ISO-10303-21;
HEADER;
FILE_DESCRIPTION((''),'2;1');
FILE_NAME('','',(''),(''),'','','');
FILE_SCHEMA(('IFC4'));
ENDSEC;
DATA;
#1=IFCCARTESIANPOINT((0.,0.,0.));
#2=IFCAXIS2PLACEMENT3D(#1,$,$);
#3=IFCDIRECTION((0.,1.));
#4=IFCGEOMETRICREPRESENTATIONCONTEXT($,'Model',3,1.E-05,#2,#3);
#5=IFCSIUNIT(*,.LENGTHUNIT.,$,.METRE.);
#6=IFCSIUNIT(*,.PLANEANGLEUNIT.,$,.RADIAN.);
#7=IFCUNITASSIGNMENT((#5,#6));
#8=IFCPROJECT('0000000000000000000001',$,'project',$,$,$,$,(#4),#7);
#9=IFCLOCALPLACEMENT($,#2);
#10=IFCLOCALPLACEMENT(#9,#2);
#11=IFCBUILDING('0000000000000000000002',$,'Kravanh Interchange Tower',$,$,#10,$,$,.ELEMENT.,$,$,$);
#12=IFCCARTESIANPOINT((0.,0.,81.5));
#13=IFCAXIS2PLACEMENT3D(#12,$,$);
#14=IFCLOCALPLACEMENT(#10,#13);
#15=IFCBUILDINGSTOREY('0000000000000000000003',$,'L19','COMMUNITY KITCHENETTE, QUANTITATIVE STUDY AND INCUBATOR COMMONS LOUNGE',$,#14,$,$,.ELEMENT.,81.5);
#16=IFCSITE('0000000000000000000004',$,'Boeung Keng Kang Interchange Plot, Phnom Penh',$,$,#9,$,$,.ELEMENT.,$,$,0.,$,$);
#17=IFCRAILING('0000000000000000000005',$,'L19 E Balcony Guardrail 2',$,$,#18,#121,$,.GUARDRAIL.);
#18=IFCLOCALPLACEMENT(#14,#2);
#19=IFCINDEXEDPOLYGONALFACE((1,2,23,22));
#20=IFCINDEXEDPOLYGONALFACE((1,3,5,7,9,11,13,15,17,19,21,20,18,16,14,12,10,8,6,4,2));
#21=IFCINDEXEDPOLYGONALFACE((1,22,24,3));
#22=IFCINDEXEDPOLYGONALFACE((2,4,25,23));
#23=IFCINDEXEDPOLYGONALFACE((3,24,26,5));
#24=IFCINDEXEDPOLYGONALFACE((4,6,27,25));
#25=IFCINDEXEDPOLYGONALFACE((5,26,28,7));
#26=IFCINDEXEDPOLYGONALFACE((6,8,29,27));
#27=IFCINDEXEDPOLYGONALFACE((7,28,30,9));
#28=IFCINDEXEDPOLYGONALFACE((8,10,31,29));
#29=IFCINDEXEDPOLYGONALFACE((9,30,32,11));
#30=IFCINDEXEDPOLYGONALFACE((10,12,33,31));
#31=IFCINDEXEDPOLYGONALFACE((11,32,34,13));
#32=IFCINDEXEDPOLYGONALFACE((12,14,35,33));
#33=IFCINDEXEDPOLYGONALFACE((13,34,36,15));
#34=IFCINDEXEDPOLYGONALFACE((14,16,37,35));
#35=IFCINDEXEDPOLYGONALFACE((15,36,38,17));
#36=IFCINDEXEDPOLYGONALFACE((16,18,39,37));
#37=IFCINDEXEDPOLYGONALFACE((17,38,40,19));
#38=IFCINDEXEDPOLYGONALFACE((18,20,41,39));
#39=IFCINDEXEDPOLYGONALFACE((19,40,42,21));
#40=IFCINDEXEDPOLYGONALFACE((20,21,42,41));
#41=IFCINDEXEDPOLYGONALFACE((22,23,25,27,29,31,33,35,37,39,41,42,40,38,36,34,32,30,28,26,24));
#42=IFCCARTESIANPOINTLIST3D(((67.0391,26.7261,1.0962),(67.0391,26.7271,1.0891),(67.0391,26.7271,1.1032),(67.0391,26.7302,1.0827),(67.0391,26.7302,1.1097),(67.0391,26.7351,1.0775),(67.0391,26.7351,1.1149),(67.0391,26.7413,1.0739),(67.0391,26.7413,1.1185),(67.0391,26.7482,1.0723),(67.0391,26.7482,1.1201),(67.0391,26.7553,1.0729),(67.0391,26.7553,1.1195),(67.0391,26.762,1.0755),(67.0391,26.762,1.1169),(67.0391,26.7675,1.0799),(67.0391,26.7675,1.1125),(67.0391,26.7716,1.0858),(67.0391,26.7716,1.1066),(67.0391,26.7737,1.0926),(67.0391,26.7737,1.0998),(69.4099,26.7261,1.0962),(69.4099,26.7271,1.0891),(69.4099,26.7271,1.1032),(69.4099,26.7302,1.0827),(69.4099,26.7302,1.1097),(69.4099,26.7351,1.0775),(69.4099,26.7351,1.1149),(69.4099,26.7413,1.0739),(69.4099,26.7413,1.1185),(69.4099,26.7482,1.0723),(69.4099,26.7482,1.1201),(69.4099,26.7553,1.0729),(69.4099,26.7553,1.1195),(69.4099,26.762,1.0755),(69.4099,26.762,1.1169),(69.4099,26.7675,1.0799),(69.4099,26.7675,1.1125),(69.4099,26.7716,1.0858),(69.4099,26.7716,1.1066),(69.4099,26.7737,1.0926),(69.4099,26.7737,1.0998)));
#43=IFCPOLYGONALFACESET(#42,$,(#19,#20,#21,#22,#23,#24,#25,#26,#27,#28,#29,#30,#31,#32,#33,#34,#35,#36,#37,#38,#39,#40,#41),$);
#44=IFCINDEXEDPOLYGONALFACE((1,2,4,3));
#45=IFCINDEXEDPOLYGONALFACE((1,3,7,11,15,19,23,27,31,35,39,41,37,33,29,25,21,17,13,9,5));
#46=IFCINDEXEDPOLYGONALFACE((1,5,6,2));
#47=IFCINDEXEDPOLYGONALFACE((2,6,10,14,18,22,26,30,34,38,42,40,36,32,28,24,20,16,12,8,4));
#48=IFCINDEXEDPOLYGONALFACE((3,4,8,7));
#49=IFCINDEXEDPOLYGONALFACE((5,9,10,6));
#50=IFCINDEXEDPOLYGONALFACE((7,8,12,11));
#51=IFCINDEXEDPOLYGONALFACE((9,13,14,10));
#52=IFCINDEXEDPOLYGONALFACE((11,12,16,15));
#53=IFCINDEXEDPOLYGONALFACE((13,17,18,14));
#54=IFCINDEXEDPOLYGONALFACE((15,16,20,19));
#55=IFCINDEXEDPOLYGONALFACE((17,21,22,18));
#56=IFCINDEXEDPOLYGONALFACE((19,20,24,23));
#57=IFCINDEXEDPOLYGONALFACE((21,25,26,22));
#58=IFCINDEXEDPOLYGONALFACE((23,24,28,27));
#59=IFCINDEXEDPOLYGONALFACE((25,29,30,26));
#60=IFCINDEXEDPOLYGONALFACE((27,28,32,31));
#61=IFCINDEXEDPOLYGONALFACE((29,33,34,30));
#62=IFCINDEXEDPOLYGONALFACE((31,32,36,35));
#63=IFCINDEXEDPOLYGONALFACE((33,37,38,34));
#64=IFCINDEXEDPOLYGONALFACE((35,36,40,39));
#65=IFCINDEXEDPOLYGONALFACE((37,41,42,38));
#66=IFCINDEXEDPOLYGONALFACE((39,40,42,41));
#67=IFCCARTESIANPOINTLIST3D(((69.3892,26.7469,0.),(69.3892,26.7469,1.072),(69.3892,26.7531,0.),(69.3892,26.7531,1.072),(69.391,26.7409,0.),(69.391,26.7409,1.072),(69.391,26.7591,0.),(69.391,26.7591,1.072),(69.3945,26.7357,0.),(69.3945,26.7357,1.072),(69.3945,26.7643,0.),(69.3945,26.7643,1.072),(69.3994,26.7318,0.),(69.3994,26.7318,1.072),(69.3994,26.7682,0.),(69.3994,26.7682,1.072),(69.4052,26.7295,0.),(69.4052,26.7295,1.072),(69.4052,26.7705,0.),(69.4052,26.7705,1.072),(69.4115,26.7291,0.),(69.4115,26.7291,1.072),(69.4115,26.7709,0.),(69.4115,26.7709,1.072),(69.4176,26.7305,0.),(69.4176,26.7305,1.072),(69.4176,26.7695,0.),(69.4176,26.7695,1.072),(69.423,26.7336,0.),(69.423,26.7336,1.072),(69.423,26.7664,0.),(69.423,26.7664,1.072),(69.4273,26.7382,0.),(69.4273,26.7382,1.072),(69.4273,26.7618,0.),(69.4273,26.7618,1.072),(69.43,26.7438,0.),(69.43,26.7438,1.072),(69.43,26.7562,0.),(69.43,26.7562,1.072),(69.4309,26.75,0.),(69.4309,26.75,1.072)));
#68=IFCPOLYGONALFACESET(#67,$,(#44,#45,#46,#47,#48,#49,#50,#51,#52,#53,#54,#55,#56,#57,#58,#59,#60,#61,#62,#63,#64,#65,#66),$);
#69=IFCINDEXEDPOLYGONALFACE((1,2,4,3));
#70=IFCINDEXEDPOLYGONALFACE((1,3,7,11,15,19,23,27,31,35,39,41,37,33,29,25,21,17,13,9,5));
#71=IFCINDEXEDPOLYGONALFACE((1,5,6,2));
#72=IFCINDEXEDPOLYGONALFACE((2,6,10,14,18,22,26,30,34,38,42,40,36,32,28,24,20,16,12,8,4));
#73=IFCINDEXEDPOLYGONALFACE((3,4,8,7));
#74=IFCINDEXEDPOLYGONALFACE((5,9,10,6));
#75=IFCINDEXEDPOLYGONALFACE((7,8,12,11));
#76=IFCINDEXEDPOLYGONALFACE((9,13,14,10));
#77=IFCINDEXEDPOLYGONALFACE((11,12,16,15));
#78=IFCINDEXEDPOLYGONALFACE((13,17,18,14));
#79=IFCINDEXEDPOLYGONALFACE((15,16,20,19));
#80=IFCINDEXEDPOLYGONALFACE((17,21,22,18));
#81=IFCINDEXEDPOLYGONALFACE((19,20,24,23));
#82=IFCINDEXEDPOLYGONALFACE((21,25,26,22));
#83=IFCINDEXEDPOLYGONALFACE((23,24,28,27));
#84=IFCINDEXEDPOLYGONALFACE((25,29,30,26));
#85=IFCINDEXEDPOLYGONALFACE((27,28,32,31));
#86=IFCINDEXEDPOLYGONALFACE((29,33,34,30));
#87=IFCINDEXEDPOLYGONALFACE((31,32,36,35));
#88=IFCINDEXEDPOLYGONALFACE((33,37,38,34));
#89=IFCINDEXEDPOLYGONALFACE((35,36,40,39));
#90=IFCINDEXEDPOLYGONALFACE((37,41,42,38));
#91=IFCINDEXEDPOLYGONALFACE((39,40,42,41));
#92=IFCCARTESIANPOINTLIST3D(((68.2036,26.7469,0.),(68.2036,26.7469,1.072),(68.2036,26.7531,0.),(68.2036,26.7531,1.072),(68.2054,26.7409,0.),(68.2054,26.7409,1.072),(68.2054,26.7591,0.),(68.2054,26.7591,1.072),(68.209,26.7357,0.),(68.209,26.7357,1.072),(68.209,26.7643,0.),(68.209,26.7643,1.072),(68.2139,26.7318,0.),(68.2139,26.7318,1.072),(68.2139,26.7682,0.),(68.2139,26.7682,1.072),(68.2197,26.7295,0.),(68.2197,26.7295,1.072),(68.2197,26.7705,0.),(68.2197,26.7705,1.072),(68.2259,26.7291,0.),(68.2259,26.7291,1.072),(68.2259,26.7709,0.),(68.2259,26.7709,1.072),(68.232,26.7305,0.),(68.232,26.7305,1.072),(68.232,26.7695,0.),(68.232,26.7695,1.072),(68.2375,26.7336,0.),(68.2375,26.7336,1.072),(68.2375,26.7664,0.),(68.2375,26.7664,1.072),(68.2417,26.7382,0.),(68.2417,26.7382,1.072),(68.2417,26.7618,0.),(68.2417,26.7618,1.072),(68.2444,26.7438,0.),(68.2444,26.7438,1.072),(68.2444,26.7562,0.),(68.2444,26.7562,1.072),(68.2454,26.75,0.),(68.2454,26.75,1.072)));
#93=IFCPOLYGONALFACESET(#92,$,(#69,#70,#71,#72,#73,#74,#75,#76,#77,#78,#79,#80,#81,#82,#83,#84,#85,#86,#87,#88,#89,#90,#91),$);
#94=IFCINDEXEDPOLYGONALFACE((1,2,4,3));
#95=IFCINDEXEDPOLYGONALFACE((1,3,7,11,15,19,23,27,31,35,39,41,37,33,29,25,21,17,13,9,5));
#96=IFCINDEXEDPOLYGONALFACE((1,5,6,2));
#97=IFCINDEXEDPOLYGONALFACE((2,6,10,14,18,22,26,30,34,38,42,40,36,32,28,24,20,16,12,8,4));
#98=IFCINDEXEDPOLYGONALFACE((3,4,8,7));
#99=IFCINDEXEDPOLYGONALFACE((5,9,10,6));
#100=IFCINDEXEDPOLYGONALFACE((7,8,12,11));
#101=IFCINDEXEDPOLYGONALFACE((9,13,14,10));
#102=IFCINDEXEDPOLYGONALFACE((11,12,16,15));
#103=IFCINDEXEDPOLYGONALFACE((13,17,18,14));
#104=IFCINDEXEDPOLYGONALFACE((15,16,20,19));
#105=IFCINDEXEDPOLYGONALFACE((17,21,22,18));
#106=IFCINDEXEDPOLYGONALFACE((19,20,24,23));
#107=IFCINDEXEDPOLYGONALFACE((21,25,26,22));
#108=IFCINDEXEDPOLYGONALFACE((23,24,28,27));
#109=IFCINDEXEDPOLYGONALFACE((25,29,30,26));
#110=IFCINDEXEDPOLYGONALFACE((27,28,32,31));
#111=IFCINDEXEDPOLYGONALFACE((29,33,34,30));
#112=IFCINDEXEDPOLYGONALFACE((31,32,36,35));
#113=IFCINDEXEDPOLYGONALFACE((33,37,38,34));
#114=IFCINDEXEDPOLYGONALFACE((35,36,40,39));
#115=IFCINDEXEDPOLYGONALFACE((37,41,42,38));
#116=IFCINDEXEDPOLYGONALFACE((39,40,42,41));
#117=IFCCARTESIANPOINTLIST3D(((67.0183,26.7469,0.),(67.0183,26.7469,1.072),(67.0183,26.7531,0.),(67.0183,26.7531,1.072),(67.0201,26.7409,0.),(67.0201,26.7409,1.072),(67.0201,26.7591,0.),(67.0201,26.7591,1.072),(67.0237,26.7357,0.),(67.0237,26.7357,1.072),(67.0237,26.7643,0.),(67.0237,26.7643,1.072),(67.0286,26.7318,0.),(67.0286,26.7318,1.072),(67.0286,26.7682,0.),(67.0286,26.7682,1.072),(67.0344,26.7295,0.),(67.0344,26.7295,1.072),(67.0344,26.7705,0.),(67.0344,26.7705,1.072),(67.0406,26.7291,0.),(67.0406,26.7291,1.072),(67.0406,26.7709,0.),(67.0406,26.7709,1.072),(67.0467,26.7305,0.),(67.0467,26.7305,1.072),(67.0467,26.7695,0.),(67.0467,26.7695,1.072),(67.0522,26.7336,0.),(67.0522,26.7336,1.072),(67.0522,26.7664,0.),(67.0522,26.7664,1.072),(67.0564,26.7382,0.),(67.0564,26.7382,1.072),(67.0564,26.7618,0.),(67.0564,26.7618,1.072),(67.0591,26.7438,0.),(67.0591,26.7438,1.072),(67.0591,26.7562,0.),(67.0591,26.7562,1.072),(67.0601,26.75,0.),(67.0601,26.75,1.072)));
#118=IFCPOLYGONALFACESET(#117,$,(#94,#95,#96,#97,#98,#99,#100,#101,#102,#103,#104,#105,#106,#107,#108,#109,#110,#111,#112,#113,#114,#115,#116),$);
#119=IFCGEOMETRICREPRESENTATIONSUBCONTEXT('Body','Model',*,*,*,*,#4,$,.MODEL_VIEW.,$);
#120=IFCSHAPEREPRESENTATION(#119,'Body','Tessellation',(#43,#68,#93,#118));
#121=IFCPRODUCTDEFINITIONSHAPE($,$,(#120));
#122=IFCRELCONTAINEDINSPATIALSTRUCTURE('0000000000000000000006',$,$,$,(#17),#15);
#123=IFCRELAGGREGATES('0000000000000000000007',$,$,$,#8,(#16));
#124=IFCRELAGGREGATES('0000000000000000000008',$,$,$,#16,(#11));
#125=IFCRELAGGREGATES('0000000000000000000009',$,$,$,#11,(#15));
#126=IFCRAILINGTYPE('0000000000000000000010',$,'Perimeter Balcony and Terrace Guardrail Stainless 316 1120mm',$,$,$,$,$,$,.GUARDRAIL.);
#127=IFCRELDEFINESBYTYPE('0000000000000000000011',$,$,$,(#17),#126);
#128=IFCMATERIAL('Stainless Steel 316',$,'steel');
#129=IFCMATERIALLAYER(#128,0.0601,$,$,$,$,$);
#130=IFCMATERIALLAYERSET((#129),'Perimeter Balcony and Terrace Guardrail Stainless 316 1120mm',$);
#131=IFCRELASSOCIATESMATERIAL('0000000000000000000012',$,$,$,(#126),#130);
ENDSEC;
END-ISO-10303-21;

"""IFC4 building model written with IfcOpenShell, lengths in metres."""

from ifc_helpers import new_model, si_unit, direction, frame, origin, origin_2d, place, context, subcontext, project, spatial, circle, extrude, material, layer, layer_set, type_object, element, save


model = new_model("IFC4")

# Units and contexts
model_context = context("Model", 3, precision=1e-05, world=origin(), true_north=direction((0.0, 1.0)))
body_context = subcontext(model_context, "Body", "Model", "MODEL_VIEW")
ifc_project = project(units=[si_unit("LENGTHUNIT", "METRE"), si_unit("PLANEANGLEUNIT", "RADIAN")], contexts=[model_context])

# Site, building, storey
site_placement = place(None, origin())
site = spatial("IfcSite", under=ifc_project, at=site_placement, Name="Boeung Keng Kang Interchange Plot, Phnom Penh", CompositionType="ELEMENT", RefElevation=0.0)
building_placement = place(site_placement, origin())
building = spatial("IfcBuilding", under=site, at=building_placement, Name="Kravanh Interchange Tower", CompositionType="ELEMENT")
storey_placement = place(building_placement, frame((0.0, 0.0, 81.5)))
storey = spatial("IfcBuildingStorey", under=building, at=storey_placement, Name="L19", Description="COMMUNITY KITCHENETTE, QUANTITATIVE STUDY AND INCUBATOR COMMONS LOUNGE", CompositionType="ELEMENT", Elevation=81.5)

# Railing
ifc_material_1 = material(Name="Stainless Steel 316", Category="steel")
ifc_layer_1 = layer(ifc_material_1, 0.0601)
ifc_layer_set_1 = layer_set([ifc_layer_1], Name="Perimeter Balcony and Terrace Guardrail Stainless 316 1120mm")
railing_type = type_object("IfcRailingType", Name="Perimeter Balcony and Terrace Guardrail Stainless 316 1120mm", PredefinedType="GUARDRAIL", material=ifc_layer_set_1)
railing_placement = place(storey_placement, frame((69.4099, 26.75, 0.0)))
element("IfcRailing", 1, at=railing_placement, inside=storey, type_object=railing_type, Name="L19 E Balcony Guardrail 2", PredefinedType="GUARDRAIL", context=body_context, shape_type="SweptSolid", body=[
    extrude(circle(Radius=0.0239, at=origin_2d()), frame((0.0, 0.0, 1.0962), z_axis=(-1.0, 0.0, 0.0), x_axis=(0.0, -1.0, 0.0)), (0.0, 0.0, 1.0), 2.3708),
    extrude(circle(Radius=0.021, at=origin_2d()), origin(), (0.0, 0.0, 1.0), 1.072),
    extrude(circle(Radius=0.021, at=origin_2d()), frame((-1.1855, 0.0, 0.0)), (0.0, 0.0, 1.0), 1.072),
    extrude(circle(Radius=0.021, at=origin_2d()), frame((-2.3708, 0.0, 0.0)), (0.0, 0.0, 1.0), 1.072),
])

save(model, "model.ifc")
